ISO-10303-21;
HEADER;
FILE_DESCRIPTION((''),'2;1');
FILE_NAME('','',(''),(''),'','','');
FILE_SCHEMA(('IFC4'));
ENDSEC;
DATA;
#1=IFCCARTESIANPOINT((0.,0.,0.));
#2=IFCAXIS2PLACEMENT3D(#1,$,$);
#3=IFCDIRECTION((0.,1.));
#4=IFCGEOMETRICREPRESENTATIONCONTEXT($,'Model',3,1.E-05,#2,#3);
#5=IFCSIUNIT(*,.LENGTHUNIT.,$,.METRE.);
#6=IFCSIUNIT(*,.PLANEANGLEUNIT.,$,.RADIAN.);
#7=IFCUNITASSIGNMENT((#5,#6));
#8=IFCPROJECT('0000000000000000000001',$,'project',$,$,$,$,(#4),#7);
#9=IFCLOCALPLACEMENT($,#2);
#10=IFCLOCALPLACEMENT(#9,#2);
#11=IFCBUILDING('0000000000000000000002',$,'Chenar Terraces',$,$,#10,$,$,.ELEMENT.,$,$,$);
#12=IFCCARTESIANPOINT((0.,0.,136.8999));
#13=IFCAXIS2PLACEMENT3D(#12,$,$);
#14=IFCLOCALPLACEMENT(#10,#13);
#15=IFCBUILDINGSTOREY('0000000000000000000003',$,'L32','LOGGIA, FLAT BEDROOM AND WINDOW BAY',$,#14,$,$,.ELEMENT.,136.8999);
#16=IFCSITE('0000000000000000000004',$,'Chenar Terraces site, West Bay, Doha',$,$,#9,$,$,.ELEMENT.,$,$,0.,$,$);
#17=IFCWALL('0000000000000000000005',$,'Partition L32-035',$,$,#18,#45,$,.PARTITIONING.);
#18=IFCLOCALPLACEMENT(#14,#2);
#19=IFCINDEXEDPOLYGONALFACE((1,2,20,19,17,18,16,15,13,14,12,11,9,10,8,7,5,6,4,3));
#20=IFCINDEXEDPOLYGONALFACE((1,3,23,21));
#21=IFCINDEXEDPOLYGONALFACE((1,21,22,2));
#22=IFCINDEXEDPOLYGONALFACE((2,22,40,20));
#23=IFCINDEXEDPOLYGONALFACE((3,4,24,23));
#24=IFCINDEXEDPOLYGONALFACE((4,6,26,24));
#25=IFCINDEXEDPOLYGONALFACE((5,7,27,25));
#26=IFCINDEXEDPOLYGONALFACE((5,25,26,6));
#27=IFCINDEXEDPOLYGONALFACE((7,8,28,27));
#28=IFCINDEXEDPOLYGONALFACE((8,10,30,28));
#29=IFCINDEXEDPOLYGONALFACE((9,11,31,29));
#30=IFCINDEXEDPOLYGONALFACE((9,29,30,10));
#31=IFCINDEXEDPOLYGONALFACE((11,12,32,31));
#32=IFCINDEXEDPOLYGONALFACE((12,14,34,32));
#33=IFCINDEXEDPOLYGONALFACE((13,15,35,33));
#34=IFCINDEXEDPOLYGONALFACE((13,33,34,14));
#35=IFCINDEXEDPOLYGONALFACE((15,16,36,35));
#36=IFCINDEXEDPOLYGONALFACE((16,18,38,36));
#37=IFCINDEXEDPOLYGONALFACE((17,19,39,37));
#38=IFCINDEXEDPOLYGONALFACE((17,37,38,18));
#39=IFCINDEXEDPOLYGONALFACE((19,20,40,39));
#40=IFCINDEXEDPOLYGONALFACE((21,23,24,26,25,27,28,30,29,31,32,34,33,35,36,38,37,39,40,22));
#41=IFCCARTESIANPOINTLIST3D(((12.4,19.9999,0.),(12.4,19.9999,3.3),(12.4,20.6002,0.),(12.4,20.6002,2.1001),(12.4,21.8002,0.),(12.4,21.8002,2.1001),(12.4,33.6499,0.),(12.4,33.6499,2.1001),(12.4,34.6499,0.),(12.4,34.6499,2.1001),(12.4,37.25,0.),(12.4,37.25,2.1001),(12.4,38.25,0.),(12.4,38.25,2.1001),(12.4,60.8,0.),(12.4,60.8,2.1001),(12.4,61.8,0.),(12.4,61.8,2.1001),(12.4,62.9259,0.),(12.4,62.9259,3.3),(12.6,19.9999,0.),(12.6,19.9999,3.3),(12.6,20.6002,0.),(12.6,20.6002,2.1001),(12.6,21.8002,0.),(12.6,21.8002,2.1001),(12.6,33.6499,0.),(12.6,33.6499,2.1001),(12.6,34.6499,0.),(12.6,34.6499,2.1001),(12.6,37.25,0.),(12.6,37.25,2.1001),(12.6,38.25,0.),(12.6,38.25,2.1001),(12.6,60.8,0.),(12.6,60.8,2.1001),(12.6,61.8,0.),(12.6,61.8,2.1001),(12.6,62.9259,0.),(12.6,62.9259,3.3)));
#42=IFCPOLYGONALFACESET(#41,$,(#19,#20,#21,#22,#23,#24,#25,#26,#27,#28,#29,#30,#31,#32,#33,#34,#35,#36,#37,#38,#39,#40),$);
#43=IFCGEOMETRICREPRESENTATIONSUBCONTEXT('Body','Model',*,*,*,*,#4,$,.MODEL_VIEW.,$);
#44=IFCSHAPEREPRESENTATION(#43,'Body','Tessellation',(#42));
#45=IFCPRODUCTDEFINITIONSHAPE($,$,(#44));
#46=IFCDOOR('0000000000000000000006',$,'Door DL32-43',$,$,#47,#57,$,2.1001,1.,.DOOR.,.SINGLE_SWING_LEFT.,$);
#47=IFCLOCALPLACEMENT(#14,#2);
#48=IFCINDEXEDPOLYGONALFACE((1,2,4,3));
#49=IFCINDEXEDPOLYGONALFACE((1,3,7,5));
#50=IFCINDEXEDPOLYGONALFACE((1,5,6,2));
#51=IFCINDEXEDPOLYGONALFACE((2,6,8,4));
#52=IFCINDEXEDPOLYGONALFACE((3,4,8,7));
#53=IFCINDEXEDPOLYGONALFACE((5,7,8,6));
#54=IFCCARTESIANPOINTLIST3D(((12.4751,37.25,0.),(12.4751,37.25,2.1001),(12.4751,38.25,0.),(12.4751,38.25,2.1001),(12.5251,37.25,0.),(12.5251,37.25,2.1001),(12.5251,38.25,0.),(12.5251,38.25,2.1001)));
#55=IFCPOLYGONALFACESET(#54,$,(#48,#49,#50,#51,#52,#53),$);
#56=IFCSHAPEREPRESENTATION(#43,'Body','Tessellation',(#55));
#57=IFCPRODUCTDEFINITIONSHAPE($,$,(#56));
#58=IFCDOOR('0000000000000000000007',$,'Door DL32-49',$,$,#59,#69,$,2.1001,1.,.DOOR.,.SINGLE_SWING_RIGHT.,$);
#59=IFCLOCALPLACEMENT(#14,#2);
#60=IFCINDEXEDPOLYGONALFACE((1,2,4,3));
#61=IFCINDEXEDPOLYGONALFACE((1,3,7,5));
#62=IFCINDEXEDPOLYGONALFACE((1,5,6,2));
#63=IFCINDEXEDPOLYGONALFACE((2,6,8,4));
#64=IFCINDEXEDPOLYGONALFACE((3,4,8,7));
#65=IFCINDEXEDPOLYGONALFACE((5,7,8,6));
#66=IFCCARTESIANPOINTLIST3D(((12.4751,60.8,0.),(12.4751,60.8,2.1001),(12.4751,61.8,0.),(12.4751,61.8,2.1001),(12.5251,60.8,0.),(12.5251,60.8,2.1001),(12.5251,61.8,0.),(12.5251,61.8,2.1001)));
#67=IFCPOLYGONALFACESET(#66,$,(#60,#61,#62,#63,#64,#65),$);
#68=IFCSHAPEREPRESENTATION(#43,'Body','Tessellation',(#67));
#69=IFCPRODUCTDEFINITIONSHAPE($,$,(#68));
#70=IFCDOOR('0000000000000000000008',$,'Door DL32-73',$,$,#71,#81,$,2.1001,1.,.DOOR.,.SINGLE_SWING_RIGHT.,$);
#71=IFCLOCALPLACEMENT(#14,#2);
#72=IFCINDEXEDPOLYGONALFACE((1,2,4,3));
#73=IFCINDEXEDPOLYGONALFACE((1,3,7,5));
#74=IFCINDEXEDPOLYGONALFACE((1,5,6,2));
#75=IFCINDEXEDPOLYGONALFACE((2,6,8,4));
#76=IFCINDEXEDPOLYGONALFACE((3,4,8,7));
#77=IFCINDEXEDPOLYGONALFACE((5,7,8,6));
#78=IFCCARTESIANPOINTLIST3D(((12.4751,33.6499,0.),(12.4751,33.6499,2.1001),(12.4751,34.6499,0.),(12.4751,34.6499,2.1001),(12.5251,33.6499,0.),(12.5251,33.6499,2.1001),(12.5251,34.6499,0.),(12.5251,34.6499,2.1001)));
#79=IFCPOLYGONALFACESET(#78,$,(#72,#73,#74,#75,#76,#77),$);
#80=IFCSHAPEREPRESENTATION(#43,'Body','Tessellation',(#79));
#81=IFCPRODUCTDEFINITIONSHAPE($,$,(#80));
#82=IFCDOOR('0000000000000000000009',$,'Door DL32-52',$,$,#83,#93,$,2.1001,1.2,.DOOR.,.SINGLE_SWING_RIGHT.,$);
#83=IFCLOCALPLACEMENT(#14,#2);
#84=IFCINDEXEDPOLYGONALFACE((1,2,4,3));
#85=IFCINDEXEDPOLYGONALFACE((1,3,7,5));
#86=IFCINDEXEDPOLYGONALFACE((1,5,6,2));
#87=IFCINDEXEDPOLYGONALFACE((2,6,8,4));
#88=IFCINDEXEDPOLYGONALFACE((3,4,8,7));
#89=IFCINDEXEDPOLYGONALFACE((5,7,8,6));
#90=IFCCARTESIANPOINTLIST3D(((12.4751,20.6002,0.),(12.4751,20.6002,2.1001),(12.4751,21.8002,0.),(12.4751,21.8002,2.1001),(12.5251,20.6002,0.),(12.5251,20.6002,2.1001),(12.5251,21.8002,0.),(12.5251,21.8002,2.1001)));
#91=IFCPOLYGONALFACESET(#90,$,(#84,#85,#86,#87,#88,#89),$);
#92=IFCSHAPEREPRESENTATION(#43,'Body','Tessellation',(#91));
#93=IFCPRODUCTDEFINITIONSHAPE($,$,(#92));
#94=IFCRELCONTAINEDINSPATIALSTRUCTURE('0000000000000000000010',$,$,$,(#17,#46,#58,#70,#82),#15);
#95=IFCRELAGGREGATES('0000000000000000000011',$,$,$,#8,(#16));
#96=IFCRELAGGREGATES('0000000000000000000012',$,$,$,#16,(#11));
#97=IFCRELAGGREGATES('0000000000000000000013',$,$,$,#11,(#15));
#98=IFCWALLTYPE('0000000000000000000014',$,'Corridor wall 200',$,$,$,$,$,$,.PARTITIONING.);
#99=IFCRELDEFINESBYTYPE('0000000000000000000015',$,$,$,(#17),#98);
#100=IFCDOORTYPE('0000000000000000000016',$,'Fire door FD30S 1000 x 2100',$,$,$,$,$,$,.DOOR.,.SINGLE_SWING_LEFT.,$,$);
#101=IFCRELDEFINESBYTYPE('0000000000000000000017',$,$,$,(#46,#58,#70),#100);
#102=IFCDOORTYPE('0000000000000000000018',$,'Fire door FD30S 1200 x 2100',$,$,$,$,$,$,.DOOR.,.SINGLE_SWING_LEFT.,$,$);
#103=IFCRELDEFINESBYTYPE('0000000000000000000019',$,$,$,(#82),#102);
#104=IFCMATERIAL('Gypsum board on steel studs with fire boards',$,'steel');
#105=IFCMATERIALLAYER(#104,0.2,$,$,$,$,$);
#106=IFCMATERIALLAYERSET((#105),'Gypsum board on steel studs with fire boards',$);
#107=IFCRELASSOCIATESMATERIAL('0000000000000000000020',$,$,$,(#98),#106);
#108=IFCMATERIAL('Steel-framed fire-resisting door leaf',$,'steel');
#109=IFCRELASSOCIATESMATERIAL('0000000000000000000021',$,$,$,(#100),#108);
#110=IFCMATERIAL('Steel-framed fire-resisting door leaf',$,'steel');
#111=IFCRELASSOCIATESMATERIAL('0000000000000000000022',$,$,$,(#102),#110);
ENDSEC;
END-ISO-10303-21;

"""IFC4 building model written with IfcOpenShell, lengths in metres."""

from ifc_helpers import new_model, si_unit, direction, frame, frame_2d, origin, place, context, subcontext, project, spatial, rectangle, extrude, material, layer, layer_set, type_object, element, fill, save


model = new_model("IFC4")

# Units and contexts
model_context = context("Model", 3, precision=1e-05, world=origin(), true_north=direction((0.0, 1.0)))
body_context = subcontext(model_context, "Body", "Model", "MODEL_VIEW")
ifc_project = project(units=[si_unit("LENGTHUNIT", "METRE"), si_unit("PLANEANGLEUNIT", "RADIAN")], contexts=[model_context])

# Site, building, storey
site_placement = place(None, origin())
site = spatial("IfcSite", under=ifc_project, at=site_placement, Name="Chenar Terraces site, West Bay, Doha", CompositionType="ELEMENT", RefElevation=0.0)
building_placement = place(site_placement, origin())
building = spatial("IfcBuilding", under=site, at=building_placement, Name="Chenar Terraces", CompositionType="ELEMENT")
storey_placement = place(building_placement, frame((0.0, 0.0, 136.8999)))
storey = spatial("IfcBuildingStorey", under=building, at=storey_placement, Name="L32", Description="LOGGIA, FLAT BEDROOM AND WINDOW BAY", CompositionType="ELEMENT", Elevation=136.8999)

# Wall, openings, doors
ifc_material_1 = material(Name="Gypsum board on steel studs with fire boards", Category="steel")
ifc_layer_1 = layer(ifc_material_1, 0.2)
ifc_layer_set_1 = layer_set([ifc_layer_1], Name="Gypsum board on steel studs with fire boards")
wall_type_1 = type_object("IfcWallType", Name="Corridor wall 200", PredefinedType="PARTITIONING", material=ifc_layer_set_1)
wall_1_placement = place(storey_placement, frame((12.5, 20.0, 0.0), z_axis=(0.0, 0.0, 1.0), x_axis=(0.0, 1.0, 0.0)))
wall_1 = element("IfcWall", 1, at=wall_1_placement, inside=storey, type_object=wall_type_1, Name="Partition L32-035", PredefinedType="PARTITIONING", context=body_context, shape_type="SweptSolid", body=[
    extrude(rectangle(XDim=42.926, YDim=0.2, at=frame_2d((21.4629, 0.0))), origin(), (0.0, 0.0, 1.0), 3.3),
])
opening_1_placement = place(wall_1_placement, frame((17.25, 0.0, 0.0)))
opening_1 = element("IfcOpeningElement", 2, at=opening_1_placement, cuts=wall_1, PredefinedType="OPENING", context=body_context, shape_type="SweptSolid", body=[
    extrude(rectangle(XDim=1.0, YDim=2.1001, at=frame_2d((0.5, 1.05))), frame((0.0, 0.1099, 0.0), z_axis=(0.0, -1.0, 0.0), x_axis=(1.0, 0.0, 0.0)), (0.0, 0.0, 1.0), 0.22),
])
opening_2_placement = place(wall_1_placement, frame((40.8, 0.0, 0.0)))
opening_2 = element("IfcOpeningElement", 3, at=opening_2_placement, cuts=wall_1, PredefinedType="OPENING", context=body_context, shape_type="SweptSolid", body=[
    extrude(rectangle(XDim=1.0, YDim=2.1001, at=frame_2d((0.5, 1.05))), frame((0.0, 0.1099, 0.0), z_axis=(0.0, -1.0, 0.0), x_axis=(1.0, 0.0, 0.0)), (0.0, 0.0, 1.0), 0.22),
])
opening_3_placement = place(wall_1_placement, frame((0.6001, 0.0, 0.0)))
opening_3 = element("IfcOpeningElement", 4, at=opening_3_placement, cuts=wall_1, PredefinedType="OPENING", context=body_context, shape_type="SweptSolid", body=[
    extrude(rectangle(XDim=1.2, YDim=2.1001, at=frame_2d((0.6001, 1.05))), frame((0.0, 0.1099, 0.0), z_axis=(0.0, -1.0, 0.0), x_axis=(1.0, 0.0, 0.0)), (0.0, 0.0, 1.0), 0.22),
])
opening_4_placement = place(wall_1_placement, frame((13.6499, 0.0, 0.0)))
opening_4 = element("IfcOpeningElement", 5, at=opening_4_placement, cuts=wall_1, PredefinedType="OPENING", context=body_context, shape_type="SweptSolid", body=[
    extrude(rectangle(XDim=1.0, YDim=2.1001, at=frame_2d((0.5, 1.05))), frame((0.0, 0.1099, 0.0), z_axis=(0.0, -1.0, 0.0), x_axis=(1.0, 0.0, 0.0)), (0.0, 0.0, 1.0), 0.22),
])
ifc_material_2 = material(Name="Steel-framed fire-resisting door leaf", Category="steel")
door_type_1 = type_object("IfcDoorType", Name="Fire door FD30S 1000 x 2100", OperationType="SINGLE_SWING_LEFT", PredefinedType="DOOR", material=ifc_material_2)
door_1_placement = place(opening_1_placement, origin())
door_1 = element("IfcDoor", 6, at=door_1_placement, inside=storey, type_object=door_type_1, Name="Door DL32-43", OperationType="SINGLE_SWING_LEFT", OverallHeight=2.1001, OverallWidth=1.0, PredefinedType="DOOR", context=body_context, shape_type="SweptSolid", body=[
    extrude(rectangle(XDim=1.0, YDim=2.1001, at=frame_2d((0.5, 1.05))), frame((0.0, 0.0249, 0.0), z_axis=(0.0, -1.0, 0.0), x_axis=(1.0, 0.0, 0.0)), (0.0, 0.0, 1.0), 0.05),
])
fill(opening_1, door_1)
door_2_placement = place(opening_2_placement, origin())
door_2 = element("IfcDoor", 7, at=door_2_placement, inside=storey, type_object=door_type_1, Name="Door DL32-49", OperationType="SINGLE_SWING_RIGHT", OverallHeight=2.1001, OverallWidth=1.0, PredefinedType="DOOR", context=body_context, shape_type="SweptSolid", body=[
    extrude(rectangle(XDim=1.0, YDim=2.1001, at=frame_2d((0.5, 1.05))), frame((0.0, 0.0249, 0.0), z_axis=(0.0, -1.0, 0.0), x_axis=(1.0, 0.0, 0.0)), (0.0, 0.0, 1.0), 0.05),
])
fill(opening_2, door_2)
door_3_placement = place(opening_4_placement, origin())
door_3 = element("IfcDoor", 8, at=door_3_placement, inside=storey, type_object=door_type_1, Name="Door DL32-73", OperationType="SINGLE_SWING_RIGHT", OverallHeight=2.1001, OverallWidth=1.0, PredefinedType="DOOR", context=body_context, shape_type="SweptSolid", body=[
    extrude(rectangle(XDim=1.0, YDim=2.1001, at=frame_2d((0.5, 1.05))), frame((0.0, 0.0249, 0.0), z_axis=(0.0, -1.0, 0.0), x_axis=(1.0, 0.0, 0.0)), (0.0, 0.0, 1.0), 0.05),
])
fill(opening_4, door_3)
ifc_material_3 = material(Name="Steel-framed fire-resisting door leaf", Category="steel")
door_type_2 = type_object("IfcDoorType", Name="Fire door FD30S 1200 x 2100", OperationType="SINGLE_SWING_LEFT", PredefinedType="DOOR", material=ifc_material_3)
door_4_placement = place(opening_3_placement, origin())
door_4 = element("IfcDoor", 9, at=door_4_placement, inside=storey, type_object=door_type_2, Name="Door DL32-52", OperationType="SINGLE_SWING_RIGHT", OverallHeight=2.1001, OverallWidth=1.2, PredefinedType="DOOR", context=body_context, shape_type="SweptSolid", body=[
    extrude(rectangle(XDim=1.2, YDim=2.1001, at=frame_2d((0.6001, 1.05))), frame((0.0, 0.0249, 0.0), z_axis=(0.0, -1.0, 0.0), x_axis=(1.0, 0.0, 0.0)), (0.0, 0.0, 1.0), 0.05),
])
fill(opening_3, door_4)

save(model, "model.ifc")
